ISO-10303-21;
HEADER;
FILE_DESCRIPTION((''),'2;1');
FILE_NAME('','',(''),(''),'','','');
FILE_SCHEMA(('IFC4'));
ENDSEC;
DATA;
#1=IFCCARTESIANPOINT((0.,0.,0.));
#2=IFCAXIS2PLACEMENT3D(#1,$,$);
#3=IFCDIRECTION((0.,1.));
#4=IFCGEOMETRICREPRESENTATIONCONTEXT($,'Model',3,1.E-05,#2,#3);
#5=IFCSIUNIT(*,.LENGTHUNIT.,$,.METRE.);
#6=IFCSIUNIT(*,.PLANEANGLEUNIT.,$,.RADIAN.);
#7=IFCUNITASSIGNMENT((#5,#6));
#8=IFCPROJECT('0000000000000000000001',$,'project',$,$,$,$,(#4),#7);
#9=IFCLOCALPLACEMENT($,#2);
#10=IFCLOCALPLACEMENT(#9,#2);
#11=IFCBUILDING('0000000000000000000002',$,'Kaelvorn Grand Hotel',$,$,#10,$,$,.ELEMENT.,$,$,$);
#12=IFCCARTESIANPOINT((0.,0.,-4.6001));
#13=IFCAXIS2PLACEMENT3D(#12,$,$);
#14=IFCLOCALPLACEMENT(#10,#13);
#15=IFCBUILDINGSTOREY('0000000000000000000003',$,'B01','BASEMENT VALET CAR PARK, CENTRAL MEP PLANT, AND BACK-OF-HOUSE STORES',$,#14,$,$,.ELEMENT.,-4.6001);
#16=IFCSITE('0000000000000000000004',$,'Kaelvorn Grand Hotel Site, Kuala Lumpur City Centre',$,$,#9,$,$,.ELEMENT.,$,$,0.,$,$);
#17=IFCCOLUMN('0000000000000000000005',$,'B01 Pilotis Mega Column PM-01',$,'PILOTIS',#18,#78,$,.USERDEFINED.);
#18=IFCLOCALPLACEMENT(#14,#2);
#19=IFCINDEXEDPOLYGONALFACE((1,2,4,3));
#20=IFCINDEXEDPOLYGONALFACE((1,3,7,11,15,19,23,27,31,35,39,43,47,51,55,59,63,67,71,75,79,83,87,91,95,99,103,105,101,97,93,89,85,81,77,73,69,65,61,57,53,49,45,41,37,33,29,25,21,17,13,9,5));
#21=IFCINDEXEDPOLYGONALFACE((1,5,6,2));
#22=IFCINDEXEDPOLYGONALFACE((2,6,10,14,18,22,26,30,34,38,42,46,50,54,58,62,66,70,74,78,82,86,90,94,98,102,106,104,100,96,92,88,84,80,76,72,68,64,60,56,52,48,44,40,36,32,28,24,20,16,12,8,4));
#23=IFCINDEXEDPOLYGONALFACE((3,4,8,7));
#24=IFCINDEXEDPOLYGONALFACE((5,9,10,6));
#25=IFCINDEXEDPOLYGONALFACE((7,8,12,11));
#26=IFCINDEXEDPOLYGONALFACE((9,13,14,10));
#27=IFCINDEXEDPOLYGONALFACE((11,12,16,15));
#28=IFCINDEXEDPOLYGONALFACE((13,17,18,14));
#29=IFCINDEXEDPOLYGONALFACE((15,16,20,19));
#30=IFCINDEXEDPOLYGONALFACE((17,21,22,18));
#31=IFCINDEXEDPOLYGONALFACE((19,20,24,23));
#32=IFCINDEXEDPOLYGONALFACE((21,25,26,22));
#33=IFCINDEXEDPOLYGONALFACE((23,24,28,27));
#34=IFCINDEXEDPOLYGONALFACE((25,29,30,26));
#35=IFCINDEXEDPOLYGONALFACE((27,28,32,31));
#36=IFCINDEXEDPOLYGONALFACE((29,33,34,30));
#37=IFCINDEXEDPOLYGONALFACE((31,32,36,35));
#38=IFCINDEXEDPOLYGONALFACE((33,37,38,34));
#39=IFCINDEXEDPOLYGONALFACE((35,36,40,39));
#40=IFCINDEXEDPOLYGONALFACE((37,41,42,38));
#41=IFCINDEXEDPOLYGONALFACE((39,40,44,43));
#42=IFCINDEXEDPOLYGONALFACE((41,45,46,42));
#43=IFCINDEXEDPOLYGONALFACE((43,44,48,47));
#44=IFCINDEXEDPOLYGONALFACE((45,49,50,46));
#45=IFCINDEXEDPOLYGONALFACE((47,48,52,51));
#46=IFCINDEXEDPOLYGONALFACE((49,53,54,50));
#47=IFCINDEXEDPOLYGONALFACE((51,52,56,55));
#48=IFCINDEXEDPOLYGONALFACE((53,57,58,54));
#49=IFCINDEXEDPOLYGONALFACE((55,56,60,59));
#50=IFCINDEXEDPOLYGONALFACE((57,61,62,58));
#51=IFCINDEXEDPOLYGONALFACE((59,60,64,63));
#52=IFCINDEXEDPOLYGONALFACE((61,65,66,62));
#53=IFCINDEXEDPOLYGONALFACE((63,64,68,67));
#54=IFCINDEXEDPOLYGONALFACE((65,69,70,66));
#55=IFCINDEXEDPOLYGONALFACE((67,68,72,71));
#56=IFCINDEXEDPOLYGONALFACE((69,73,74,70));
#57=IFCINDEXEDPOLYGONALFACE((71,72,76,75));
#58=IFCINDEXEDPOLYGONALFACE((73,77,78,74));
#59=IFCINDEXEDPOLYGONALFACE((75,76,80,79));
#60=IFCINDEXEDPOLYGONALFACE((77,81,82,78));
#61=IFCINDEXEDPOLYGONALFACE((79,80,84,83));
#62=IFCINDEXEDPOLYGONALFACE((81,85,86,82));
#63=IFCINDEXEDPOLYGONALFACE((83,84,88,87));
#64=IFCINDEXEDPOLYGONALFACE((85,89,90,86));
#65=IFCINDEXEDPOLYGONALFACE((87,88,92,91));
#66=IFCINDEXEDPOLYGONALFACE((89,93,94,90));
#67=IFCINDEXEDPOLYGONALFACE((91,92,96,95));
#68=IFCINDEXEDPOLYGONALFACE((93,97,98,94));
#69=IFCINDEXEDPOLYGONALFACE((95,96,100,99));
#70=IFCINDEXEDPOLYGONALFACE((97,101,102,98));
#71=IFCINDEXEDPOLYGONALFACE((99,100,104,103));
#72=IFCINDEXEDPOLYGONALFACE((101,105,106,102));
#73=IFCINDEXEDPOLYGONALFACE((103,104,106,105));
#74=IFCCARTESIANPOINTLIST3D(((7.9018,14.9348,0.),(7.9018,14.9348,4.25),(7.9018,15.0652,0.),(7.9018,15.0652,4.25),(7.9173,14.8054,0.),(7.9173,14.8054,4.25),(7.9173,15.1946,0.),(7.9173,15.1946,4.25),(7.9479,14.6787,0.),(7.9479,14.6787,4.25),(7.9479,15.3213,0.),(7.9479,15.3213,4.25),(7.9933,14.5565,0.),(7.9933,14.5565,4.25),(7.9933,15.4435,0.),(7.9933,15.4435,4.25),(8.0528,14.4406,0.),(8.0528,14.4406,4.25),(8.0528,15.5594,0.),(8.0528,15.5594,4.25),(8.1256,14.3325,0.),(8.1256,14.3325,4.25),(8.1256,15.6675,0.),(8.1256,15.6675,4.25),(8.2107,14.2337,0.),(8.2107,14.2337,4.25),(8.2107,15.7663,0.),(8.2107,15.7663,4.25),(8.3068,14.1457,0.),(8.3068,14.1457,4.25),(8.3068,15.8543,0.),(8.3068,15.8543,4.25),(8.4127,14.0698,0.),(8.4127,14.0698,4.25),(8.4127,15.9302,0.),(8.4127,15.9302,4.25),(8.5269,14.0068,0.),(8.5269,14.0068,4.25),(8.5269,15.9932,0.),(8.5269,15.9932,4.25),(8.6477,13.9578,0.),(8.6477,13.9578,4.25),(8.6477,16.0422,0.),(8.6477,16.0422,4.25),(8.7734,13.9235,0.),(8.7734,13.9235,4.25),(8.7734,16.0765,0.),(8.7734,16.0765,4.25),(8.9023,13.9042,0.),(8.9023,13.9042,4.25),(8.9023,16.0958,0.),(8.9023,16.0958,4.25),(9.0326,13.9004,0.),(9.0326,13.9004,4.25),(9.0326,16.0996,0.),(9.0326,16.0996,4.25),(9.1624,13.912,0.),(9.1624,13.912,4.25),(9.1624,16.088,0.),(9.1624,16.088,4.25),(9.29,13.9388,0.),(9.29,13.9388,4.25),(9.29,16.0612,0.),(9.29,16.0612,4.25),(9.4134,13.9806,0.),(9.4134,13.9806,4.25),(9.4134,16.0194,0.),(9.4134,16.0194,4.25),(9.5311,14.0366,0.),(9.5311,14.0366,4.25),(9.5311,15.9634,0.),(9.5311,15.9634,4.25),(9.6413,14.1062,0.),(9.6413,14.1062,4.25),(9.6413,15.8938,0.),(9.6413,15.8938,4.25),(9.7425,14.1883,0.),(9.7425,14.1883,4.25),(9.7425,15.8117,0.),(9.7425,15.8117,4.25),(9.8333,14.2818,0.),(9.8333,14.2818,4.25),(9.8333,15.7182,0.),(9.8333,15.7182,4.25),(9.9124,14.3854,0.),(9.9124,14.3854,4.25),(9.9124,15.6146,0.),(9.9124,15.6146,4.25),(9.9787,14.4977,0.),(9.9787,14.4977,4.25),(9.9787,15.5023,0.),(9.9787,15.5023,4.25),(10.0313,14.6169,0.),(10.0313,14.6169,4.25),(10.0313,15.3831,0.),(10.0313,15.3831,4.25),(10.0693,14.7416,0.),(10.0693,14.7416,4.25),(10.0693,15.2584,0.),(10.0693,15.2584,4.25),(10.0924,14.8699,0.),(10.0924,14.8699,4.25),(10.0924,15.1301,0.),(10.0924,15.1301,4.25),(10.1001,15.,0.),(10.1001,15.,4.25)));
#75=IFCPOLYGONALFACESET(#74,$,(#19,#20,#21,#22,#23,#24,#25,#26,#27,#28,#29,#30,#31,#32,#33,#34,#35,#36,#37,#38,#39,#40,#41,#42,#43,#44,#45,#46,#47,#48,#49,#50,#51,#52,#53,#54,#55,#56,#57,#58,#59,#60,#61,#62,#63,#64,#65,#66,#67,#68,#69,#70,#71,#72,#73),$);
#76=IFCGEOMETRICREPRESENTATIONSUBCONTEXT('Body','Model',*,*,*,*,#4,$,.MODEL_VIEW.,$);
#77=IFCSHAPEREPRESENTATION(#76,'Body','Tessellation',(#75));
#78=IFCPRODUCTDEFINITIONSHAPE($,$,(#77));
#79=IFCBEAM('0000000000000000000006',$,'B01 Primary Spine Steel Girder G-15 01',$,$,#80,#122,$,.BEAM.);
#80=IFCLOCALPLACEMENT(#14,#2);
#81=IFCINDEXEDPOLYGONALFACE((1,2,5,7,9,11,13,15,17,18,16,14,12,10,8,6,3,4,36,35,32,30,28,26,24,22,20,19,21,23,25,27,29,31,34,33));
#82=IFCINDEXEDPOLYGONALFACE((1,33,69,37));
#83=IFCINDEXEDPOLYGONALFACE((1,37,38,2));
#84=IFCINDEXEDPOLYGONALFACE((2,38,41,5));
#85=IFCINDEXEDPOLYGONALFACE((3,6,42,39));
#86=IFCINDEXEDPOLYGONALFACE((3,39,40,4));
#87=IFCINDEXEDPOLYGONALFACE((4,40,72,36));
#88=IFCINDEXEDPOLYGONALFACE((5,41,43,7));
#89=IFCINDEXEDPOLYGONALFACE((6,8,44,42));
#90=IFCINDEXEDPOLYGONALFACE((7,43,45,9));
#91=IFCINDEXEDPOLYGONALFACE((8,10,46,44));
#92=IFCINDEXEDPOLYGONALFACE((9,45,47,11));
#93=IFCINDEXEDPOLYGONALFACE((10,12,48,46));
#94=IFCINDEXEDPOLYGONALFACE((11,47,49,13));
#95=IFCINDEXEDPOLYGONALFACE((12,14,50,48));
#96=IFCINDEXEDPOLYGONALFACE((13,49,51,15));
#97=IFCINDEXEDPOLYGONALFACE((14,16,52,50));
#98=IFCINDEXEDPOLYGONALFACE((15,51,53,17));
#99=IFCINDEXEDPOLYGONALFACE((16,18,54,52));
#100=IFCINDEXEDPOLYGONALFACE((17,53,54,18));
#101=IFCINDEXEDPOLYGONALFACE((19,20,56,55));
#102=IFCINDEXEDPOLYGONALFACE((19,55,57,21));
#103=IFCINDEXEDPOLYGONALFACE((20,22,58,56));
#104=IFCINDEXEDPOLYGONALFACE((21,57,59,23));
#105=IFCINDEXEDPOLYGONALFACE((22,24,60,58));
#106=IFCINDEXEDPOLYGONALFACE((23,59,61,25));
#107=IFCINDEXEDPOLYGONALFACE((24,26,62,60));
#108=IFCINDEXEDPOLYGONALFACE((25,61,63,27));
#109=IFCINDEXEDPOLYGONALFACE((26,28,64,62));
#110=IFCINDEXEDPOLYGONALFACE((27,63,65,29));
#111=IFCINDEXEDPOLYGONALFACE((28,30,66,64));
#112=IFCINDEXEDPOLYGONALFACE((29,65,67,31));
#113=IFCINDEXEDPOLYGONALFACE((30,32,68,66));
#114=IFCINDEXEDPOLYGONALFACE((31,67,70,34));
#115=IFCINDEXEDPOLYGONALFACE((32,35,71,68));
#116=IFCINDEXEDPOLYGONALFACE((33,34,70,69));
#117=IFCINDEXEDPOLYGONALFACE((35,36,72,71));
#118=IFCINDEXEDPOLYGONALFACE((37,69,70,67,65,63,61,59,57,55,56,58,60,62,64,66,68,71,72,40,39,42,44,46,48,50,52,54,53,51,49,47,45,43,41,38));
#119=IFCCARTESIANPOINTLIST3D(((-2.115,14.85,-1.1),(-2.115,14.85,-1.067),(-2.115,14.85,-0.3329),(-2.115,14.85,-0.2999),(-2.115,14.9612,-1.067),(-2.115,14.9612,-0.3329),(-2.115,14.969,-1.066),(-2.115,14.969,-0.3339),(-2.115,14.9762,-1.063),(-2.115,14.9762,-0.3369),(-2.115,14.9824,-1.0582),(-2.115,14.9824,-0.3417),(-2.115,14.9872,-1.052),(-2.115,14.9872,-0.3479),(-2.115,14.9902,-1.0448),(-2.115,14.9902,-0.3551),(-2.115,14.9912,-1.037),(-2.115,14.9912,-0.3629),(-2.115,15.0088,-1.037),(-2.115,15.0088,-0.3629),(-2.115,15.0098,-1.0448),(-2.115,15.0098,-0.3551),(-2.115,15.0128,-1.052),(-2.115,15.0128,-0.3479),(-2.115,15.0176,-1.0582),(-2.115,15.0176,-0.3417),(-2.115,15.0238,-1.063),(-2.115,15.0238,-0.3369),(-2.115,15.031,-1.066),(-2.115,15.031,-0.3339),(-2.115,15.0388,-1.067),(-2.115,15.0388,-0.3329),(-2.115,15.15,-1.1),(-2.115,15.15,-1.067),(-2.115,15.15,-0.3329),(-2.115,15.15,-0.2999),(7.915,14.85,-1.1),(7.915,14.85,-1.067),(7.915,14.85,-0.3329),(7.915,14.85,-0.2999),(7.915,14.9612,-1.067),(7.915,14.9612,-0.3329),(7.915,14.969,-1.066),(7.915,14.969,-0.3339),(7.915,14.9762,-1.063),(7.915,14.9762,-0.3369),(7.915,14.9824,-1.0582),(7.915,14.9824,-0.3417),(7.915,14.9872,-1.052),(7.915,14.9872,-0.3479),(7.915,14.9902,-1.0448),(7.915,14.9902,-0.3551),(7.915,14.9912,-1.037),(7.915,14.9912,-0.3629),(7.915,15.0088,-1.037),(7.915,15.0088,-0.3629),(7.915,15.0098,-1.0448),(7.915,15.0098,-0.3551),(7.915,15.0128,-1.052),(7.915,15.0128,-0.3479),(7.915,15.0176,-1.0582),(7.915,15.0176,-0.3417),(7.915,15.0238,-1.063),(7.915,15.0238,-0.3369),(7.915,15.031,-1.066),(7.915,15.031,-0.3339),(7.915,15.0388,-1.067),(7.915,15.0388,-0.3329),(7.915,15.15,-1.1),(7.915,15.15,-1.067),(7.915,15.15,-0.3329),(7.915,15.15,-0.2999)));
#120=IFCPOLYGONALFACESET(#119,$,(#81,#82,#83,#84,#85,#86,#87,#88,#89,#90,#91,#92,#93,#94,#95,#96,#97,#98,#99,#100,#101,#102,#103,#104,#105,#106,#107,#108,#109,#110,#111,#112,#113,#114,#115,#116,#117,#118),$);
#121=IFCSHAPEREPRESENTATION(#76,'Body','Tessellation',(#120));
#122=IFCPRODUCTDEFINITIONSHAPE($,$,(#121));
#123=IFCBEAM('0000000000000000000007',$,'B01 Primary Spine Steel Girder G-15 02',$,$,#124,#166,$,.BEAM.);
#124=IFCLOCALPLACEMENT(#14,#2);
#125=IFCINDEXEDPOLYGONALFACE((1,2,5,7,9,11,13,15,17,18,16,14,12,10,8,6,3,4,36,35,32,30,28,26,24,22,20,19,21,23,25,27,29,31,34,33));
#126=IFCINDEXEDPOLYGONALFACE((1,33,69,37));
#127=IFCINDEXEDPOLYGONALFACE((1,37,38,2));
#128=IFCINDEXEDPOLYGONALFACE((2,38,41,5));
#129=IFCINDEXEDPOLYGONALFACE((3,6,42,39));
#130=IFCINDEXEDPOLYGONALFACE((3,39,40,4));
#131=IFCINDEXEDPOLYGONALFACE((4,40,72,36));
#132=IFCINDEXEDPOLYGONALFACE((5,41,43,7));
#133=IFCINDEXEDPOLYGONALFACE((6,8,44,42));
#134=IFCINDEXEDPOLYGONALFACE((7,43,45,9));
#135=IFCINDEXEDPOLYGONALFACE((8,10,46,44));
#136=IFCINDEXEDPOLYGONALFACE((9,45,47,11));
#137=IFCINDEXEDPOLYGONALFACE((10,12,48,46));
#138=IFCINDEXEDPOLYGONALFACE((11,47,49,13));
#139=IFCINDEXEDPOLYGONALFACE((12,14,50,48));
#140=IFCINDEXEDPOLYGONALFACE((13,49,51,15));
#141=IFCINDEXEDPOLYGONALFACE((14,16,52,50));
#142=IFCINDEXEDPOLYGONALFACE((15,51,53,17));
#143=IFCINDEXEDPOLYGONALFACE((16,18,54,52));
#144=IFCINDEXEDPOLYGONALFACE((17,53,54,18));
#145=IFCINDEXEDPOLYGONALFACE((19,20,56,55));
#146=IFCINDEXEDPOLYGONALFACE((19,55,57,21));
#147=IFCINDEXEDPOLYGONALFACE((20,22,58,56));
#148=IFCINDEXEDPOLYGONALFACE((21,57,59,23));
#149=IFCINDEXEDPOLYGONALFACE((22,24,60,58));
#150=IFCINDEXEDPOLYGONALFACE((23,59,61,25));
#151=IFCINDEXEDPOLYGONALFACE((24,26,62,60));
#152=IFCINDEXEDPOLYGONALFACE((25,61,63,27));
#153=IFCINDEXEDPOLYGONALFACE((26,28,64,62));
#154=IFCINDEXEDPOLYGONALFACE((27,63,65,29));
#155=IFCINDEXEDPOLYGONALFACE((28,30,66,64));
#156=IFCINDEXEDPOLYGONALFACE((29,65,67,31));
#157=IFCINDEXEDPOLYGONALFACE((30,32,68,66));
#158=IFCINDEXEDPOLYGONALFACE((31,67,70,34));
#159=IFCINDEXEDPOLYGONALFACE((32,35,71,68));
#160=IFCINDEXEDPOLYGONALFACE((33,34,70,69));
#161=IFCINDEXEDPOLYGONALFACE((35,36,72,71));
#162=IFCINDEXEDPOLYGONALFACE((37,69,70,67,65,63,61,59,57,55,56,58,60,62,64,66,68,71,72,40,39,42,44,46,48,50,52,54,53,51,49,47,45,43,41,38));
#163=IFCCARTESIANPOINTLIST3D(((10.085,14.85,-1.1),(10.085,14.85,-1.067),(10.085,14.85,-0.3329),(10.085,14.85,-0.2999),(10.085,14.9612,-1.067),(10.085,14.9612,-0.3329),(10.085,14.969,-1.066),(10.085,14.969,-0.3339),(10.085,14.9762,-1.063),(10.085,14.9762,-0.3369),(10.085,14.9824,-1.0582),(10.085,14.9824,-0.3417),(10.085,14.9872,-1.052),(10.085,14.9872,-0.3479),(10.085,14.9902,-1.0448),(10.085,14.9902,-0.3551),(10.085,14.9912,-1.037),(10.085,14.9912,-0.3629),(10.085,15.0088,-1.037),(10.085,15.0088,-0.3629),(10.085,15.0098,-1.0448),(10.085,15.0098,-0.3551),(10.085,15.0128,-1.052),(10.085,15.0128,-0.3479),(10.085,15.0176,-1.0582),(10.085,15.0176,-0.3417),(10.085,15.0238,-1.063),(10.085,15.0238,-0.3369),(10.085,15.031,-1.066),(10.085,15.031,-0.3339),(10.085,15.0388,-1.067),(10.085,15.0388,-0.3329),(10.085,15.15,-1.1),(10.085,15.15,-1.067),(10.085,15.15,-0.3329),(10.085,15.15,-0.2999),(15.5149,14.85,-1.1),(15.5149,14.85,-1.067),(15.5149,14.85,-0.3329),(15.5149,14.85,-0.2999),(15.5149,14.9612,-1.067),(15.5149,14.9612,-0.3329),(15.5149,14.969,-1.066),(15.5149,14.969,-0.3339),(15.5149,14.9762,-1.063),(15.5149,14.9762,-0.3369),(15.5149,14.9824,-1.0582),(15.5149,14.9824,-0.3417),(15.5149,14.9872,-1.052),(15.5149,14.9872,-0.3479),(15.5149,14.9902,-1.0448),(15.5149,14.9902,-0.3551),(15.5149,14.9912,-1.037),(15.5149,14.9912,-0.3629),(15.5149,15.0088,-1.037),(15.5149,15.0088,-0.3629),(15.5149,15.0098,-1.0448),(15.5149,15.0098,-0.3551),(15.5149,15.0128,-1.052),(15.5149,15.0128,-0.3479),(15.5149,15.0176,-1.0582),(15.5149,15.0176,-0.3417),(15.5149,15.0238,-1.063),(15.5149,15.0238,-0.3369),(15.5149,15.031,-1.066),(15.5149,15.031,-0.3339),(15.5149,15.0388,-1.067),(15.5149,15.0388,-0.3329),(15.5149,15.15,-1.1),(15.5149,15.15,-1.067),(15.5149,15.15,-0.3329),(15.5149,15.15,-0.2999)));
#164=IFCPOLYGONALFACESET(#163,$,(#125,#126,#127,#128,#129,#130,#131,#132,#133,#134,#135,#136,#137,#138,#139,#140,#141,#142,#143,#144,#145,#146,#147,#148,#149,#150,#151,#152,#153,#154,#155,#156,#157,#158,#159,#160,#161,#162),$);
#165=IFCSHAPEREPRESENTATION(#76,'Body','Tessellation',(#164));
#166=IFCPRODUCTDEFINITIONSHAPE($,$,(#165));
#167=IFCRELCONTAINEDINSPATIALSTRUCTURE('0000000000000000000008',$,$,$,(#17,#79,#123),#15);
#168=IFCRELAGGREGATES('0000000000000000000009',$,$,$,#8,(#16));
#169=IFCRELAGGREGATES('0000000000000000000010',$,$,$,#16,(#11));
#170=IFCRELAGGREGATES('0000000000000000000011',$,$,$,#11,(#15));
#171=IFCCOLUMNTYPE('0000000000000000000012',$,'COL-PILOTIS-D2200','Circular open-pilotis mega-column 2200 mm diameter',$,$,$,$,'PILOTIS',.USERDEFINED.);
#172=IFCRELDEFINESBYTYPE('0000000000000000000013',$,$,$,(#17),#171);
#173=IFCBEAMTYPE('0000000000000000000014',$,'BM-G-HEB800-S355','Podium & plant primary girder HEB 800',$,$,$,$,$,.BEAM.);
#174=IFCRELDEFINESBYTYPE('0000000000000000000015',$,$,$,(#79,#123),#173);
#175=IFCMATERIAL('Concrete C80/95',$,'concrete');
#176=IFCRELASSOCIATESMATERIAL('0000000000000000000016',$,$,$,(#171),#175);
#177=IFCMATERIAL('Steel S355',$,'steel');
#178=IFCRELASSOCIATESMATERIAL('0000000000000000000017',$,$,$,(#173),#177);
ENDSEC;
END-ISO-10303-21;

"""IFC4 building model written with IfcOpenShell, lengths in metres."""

from ifc_helpers import new_model, si_unit, direction, frame, origin, origin_2d, place, context, subcontext, project, spatial, circle, i_section, extrude, material, material_profile, profile_set, type_object, element, save


model = new_model("IFC4")

# Units and contexts
model_context = context("Model", 3, precision=1e-05, world=origin(), true_north=direction((0.0, 1.0)))
body_context = subcontext(model_context, "Body", "Model", "MODEL_VIEW")
ifc_project = project(units=[si_unit("LENGTHUNIT", "METRE"), si_unit("PLANEANGLEUNIT", "RADIAN")], contexts=[model_context])

# Site, building, storey
site_placement = place(None, origin())
site = spatial("IfcSite", under=ifc_project, at=site_placement, Name="Kaelvorn Grand Hotel Site, Kuala Lumpur City Centre", CompositionType="ELEMENT", RefElevation=0.0)
building_placement = place(site_placement, origin())
building = spatial("IfcBuilding", under=site, at=building_placement, Name="Kaelvorn Grand Hotel", CompositionType="ELEMENT")
storey_placement = place(building_placement, frame((0.0, 0.0, -4.6001)))
storey = spatial("IfcBuildingStorey", under=building, at=storey_placement, Name="B01", Description="BASEMENT VALET CAR PARK, CENTRAL MEP PLANT, AND BACK-OF-HOUSE STORES", CompositionType="ELEMENT", Elevation=-4.6001)

# Column
ifc_material_1 = material(Name="Concrete C80/95", Category="concrete")
ifc_material_profile_1 = material_profile(ifc_material_1, circle(Radius=1.1001, at=origin_2d()), Name="PILOTIS D2200")
ifc_profile_set_1 = profile_set([ifc_material_profile_1], Name="Concrete C80/95")
column_type_1 = type_object("IfcColumnType", Name="COL-PILOTIS-D2200", Description="Circular open-pilotis mega-column 2200 mm diameter", ElementType="PILOTIS", PredefinedType="USERDEFINED", material=ifc_profile_set_1)
for number, where, z_axis, x_axis, name in (
    (1, (9.0, 15.0, 0.0), (0.0, 0.0, 1.0), (1.0, 0.0, 0.0), "B01 Pilotis Mega Column PM-01"),
):
    element("IfcColumn", number, at=place(storey_placement, frame(where, z_axis=z_axis, x_axis=x_axis)), inside=storey, type_object=column_type_1, Name=name, ObjectType="PILOTIS", PredefinedType="USERDEFINED", context=body_context, shape_type="SweptSolid", body=[
        extrude(circle(Radius=1.1001, at=origin_2d()), origin(), (0.0, 0.0, 1.0), 4.25),
    ])

# Beams
ifc_material_2 = material(Name="Steel S355", Category="steel")
ifc_material_profile_2 = material_profile(ifc_material_2, i_section(OverallWidth=0.3, OverallDepth=0.8, WebThickness=0.0176, FlangeThickness=0.033, FilletRadius=0.03, at=origin_2d()), Name="HEB 800")
ifc_profile_set_2 = profile_set([ifc_material_profile_2], Name="Steel S355")
beam_type_1 = type_object("IfcBeamType", Name="BM-G-HEB800-S355", Description="Podium & plant primary girder HEB 800", PredefinedType="BEAM", material=ifc_profile_set_2)
beam_1_placement = place(storey_placement, frame((-2.115, 15.0, -0.7), z_axis=(1.0, 0.0, 0.0), x_axis=(0.0, 1.0, 0.0)))
element("IfcBeam", 2, at=beam_1_placement, inside=storey, type_object=beam_type_1, Name="B01 Primary Spine Steel Girder G-15 01", PredefinedType="BEAM", context=body_context, shape_type="SweptSolid", body=[
    extrude(i_section(OverallWidth=0.3, OverallDepth=0.8, WebThickness=0.0176, FlangeThickness=0.033, FilletRadius=0.03, at=origin_2d()), origin(), (0.0, 0.0, 1.0), 10.03),
])
beam_2_placement = place(storey_placement, frame((10.085, 15.0, -0.7), z_axis=(1.0, 0.0, 0.0), x_axis=(0.0, 1.0, 0.0)))
element("IfcBeam", 3, at=beam_2_placement, inside=storey, type_object=beam_type_1, Name="B01 Primary Spine Steel Girder G-15 02", PredefinedType="BEAM", context=body_context, shape_type="SweptSolid", body=[
    extrude(i_section(OverallWidth=0.3, OverallDepth=0.8, WebThickness=0.0176, FlangeThickness=0.033, FilletRadius=0.03, at=origin_2d()), origin(), (0.0, 0.0, 1.0), 5.4299),
])

save(model, "model.ifc")
